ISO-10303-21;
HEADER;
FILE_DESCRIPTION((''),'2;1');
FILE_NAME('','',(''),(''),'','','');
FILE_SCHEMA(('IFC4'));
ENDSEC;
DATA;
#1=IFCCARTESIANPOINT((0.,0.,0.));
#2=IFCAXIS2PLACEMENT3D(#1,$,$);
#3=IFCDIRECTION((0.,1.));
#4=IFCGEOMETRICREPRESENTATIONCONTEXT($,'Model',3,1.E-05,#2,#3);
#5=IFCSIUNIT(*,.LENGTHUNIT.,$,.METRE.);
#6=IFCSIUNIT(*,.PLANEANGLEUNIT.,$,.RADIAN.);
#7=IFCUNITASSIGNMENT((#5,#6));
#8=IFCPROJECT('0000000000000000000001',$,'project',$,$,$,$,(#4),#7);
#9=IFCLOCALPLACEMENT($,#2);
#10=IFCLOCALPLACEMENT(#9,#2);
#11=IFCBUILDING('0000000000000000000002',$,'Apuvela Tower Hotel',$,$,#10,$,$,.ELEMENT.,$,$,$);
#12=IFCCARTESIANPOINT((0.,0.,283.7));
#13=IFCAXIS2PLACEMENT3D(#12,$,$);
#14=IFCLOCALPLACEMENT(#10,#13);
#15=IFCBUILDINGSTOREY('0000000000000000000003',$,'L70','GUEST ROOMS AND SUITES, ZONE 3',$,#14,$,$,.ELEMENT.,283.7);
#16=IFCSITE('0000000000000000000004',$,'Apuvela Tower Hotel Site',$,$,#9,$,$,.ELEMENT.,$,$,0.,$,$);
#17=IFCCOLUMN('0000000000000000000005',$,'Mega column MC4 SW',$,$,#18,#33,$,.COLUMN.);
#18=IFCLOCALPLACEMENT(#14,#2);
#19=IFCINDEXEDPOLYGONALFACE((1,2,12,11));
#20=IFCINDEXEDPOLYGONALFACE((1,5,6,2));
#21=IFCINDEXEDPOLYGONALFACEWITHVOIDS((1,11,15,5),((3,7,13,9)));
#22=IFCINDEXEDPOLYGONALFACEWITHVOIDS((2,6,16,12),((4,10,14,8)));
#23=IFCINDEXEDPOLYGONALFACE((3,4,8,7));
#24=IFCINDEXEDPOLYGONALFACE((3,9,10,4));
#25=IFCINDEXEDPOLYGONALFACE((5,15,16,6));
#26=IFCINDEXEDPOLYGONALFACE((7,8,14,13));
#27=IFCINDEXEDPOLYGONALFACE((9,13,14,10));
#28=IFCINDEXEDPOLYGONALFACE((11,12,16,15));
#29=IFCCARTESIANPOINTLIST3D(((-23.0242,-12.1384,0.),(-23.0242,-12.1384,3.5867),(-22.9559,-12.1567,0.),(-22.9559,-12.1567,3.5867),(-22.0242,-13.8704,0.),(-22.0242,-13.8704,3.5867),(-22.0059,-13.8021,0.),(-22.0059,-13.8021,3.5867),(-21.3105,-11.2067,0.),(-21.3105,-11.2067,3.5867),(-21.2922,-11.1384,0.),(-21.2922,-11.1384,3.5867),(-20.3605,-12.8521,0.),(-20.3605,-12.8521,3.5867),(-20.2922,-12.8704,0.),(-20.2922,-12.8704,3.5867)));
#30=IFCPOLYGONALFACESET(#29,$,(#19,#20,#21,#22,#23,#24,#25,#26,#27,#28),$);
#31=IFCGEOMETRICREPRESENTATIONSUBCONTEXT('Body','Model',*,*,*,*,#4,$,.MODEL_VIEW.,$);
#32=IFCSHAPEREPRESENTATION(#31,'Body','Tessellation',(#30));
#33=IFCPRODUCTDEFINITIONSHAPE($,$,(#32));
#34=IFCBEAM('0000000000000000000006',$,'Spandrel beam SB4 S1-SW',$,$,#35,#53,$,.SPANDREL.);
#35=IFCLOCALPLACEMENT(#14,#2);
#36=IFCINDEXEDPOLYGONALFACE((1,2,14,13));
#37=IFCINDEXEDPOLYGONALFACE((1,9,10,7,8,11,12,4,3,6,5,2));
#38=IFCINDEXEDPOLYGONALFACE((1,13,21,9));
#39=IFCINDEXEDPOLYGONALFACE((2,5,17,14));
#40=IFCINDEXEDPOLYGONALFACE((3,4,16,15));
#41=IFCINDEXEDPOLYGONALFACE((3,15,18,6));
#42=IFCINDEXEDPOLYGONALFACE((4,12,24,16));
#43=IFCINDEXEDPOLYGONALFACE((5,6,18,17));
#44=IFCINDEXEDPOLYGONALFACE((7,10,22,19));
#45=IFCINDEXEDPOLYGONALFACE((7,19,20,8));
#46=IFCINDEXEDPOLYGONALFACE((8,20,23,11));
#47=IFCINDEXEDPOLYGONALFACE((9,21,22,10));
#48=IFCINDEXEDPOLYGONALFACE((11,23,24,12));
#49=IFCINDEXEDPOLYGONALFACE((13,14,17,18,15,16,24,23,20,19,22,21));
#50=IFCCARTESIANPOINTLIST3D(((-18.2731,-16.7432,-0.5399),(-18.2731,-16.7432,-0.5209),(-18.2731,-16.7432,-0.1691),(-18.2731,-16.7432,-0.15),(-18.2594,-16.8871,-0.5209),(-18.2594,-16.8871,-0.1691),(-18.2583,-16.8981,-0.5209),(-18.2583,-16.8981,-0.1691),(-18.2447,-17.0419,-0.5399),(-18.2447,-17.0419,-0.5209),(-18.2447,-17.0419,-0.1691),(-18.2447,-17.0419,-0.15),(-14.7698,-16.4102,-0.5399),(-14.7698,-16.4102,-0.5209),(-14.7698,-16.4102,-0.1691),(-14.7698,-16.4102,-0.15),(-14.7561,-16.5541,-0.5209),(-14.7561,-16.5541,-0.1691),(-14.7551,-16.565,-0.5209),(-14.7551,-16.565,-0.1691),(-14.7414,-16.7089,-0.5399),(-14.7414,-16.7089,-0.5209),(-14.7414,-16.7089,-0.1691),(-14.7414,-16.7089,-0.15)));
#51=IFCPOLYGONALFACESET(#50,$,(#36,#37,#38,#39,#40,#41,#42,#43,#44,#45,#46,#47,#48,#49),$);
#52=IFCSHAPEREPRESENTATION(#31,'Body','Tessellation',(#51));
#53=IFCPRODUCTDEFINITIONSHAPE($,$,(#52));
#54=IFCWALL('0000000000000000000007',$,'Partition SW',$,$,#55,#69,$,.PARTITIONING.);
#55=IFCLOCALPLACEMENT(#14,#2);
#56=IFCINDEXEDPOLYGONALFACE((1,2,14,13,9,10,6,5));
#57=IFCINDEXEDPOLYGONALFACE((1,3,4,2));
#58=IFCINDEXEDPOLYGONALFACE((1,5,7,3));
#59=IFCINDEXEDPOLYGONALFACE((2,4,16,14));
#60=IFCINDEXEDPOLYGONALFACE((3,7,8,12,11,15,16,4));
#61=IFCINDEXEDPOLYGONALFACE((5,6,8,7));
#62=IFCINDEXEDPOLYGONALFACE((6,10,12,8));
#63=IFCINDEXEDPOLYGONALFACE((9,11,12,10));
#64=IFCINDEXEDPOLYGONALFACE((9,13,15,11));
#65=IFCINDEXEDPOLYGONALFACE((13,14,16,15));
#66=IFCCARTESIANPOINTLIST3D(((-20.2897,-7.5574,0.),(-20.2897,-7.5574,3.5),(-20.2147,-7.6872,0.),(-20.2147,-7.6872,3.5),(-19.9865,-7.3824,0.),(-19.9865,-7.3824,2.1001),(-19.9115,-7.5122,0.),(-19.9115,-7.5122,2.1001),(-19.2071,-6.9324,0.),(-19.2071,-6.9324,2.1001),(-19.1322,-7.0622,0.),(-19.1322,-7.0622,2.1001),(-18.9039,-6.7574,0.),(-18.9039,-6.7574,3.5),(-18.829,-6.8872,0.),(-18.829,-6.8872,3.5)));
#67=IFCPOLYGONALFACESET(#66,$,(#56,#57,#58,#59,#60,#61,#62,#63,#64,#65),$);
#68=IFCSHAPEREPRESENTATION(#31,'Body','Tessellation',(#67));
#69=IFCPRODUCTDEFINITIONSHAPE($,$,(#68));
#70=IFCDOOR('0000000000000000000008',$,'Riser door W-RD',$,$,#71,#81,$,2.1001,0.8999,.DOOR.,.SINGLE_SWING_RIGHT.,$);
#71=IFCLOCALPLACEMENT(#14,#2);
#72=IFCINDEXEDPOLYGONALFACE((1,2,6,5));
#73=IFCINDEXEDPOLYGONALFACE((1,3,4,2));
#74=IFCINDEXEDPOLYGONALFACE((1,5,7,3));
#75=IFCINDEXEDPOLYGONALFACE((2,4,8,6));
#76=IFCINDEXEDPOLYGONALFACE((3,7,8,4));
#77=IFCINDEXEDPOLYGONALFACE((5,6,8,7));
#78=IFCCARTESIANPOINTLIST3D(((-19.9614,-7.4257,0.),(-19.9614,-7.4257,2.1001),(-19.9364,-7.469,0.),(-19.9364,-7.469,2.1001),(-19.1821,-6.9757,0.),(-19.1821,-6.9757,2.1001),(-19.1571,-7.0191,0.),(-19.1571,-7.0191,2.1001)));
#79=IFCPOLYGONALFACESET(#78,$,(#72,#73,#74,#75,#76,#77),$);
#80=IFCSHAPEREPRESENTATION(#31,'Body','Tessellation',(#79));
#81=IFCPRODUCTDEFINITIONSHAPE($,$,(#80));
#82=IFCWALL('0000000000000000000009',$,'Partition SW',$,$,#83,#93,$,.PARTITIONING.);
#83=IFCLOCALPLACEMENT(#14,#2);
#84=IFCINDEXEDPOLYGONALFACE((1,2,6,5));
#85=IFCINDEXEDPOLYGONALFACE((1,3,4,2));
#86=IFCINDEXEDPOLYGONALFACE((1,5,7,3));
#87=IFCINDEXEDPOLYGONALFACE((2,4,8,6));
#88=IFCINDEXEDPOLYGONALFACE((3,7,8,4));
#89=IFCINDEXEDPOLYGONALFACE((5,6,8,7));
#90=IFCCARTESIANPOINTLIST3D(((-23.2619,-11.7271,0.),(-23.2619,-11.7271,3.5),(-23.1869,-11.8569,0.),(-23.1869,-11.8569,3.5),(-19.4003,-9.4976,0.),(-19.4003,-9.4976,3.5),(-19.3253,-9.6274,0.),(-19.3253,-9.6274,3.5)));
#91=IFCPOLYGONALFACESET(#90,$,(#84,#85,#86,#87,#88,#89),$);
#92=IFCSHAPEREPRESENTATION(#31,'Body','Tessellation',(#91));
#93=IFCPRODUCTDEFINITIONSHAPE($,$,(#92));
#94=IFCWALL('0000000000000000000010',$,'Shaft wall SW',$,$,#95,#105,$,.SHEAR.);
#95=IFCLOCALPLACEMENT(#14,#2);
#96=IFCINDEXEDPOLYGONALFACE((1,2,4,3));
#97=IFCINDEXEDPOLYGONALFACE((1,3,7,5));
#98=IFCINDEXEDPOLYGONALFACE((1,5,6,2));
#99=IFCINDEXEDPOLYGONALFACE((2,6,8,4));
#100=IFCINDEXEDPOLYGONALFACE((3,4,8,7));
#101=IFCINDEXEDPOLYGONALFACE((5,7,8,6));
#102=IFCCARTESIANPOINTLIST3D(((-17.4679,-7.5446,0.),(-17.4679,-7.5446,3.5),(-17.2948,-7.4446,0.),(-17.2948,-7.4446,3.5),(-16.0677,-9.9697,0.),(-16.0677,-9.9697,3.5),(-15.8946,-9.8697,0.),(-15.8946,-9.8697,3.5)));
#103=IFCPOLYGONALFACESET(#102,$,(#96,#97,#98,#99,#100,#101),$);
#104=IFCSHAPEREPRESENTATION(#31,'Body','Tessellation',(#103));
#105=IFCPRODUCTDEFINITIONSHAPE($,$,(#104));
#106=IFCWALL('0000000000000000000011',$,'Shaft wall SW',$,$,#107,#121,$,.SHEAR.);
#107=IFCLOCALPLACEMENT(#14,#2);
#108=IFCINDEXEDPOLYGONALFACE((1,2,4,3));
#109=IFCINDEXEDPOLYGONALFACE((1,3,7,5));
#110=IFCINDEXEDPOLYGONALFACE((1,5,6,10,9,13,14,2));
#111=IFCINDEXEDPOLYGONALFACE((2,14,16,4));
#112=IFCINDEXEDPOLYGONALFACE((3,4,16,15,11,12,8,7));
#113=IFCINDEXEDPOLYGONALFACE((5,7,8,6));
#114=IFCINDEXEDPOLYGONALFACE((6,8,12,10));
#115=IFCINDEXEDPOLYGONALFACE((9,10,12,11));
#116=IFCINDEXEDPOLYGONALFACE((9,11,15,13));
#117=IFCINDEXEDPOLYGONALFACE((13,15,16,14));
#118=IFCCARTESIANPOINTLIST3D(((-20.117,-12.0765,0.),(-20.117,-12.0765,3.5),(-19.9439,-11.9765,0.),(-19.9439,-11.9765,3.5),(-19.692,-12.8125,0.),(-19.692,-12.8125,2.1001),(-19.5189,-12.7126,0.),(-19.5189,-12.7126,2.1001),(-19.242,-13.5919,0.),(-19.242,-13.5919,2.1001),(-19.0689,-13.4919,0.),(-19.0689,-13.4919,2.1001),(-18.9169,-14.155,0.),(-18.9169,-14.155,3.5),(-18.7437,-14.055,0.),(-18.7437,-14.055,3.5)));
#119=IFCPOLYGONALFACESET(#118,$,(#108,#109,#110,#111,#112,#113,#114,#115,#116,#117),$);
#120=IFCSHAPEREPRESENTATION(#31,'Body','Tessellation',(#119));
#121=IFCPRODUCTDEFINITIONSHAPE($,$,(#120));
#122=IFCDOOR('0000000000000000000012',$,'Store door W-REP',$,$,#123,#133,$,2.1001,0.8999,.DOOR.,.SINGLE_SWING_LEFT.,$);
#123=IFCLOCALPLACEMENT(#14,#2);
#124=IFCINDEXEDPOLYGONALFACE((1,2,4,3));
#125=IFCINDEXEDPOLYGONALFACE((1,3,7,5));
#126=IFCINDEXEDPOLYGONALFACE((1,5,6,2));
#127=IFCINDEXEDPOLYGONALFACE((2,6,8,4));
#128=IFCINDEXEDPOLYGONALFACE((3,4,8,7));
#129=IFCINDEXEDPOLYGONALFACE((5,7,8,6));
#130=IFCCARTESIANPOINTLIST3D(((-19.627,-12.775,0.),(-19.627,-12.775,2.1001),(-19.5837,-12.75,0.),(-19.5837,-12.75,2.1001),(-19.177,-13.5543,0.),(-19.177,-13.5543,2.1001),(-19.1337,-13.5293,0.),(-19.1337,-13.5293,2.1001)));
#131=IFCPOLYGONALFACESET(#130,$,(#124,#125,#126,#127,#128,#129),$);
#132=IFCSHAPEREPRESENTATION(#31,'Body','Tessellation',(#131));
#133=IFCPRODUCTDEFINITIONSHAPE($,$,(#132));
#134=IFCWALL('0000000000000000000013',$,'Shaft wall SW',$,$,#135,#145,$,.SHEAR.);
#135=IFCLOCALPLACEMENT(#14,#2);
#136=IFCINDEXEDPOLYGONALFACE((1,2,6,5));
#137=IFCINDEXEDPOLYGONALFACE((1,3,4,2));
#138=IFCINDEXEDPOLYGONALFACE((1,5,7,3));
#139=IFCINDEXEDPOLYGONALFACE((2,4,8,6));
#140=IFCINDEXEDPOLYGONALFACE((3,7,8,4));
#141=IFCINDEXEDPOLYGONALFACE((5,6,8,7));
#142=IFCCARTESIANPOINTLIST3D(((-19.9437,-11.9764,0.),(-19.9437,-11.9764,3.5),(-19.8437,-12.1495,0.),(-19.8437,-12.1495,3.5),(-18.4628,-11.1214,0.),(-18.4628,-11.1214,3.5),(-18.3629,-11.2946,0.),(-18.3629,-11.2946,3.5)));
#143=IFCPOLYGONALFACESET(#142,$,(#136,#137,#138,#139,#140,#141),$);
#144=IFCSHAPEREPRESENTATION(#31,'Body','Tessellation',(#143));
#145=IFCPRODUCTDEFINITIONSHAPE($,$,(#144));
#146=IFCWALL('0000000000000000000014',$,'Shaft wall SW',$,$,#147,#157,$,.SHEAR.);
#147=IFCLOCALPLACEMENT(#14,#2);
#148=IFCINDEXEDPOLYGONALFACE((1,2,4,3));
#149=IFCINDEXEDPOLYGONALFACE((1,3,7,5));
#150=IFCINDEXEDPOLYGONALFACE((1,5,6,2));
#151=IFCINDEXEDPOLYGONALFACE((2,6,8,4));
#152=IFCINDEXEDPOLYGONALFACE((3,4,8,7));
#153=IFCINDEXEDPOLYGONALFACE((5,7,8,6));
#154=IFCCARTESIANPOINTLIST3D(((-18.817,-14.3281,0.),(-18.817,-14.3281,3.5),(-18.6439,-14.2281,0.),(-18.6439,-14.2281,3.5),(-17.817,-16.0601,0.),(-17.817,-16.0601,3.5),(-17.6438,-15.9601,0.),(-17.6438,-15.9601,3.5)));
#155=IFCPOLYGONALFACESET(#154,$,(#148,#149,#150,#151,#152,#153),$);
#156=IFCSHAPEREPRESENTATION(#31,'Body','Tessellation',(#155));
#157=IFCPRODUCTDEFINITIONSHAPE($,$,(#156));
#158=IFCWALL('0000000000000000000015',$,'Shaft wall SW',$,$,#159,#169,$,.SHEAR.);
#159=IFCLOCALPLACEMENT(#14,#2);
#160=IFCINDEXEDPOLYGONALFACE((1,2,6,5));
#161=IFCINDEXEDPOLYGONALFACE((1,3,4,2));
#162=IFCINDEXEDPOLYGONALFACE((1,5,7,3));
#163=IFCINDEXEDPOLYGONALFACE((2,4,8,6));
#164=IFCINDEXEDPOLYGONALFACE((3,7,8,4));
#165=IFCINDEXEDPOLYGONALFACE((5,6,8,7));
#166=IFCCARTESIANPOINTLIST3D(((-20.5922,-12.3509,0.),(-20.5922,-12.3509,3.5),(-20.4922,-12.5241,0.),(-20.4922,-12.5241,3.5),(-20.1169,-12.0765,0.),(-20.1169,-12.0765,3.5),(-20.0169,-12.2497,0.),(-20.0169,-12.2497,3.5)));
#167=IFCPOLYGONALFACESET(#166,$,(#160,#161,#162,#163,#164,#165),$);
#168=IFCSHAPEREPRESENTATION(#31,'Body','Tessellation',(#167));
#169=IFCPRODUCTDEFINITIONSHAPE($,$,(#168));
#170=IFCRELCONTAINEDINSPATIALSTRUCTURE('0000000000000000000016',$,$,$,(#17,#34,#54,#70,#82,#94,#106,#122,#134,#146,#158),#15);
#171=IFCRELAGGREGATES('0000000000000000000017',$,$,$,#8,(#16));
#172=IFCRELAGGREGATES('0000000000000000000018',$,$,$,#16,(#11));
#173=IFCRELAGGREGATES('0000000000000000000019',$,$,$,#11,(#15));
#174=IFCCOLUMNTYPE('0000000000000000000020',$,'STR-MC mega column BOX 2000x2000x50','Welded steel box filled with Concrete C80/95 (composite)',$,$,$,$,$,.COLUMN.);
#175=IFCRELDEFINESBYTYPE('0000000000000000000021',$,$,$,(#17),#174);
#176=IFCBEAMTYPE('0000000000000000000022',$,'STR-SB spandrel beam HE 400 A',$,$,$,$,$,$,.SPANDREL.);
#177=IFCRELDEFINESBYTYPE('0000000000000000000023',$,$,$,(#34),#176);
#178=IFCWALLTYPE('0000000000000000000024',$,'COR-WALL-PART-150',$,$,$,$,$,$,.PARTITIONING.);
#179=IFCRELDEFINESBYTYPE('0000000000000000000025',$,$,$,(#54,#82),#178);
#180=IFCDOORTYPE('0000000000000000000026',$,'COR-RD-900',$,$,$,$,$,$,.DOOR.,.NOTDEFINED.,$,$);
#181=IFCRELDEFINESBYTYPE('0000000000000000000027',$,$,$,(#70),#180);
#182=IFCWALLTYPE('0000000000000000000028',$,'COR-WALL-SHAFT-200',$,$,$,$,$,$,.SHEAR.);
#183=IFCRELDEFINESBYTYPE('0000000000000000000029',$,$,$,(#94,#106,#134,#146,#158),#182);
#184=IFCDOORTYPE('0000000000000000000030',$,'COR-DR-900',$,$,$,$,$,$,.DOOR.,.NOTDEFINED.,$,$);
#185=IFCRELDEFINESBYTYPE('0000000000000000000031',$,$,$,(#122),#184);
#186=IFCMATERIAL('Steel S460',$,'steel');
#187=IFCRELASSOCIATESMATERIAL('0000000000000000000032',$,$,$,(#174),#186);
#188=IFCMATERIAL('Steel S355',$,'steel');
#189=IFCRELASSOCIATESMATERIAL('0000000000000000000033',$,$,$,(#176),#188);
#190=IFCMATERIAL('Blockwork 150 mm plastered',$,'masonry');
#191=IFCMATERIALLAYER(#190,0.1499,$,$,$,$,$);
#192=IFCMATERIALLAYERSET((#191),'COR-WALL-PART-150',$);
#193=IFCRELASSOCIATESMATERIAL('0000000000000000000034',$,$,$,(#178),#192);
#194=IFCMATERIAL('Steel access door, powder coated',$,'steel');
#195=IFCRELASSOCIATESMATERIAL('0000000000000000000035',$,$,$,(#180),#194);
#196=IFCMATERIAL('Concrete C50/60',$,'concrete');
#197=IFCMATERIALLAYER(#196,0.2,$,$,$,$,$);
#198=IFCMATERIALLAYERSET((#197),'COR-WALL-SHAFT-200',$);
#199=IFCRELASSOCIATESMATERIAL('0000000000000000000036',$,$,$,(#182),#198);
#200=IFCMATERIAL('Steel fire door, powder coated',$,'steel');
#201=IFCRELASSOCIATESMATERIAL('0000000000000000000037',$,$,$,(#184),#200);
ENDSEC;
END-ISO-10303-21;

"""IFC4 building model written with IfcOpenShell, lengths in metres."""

from ifc_helpers import new_model, si_unit, direction, frame, frame_2d, origin, origin_2d, place, context, subcontext, project, spatial, rectangle, hollow_rectangle, i_section, extrude, boolean, halfspace, material, layer, layer_set, material_profile, profile_set, type_object, element, fill, save


model = new_model("IFC4")

# Units and contexts
model_context = context("Model", 3, precision=1e-05, world=origin(), true_north=direction((0.0, 1.0)))
body_context = subcontext(model_context, "Body", "Model", "MODEL_VIEW")
ifc_project = project(units=[si_unit("LENGTHUNIT", "METRE"), si_unit("PLANEANGLEUNIT", "RADIAN")], contexts=[model_context])

# Site, building, storey
site_placement = place(None, origin())
site = spatial("IfcSite", under=ifc_project, at=site_placement, Name="Apuvela Tower Hotel Site", CompositionType="ELEMENT", RefElevation=0.0)
building_placement = place(site_placement, origin())
building = spatial("IfcBuilding", under=site, at=building_placement, Name="Apuvela Tower Hotel", CompositionType="ELEMENT")
storey_placement = place(building_placement, frame((0.0, 0.0, 283.7)))
storey = spatial("IfcBuildingStorey", under=building, at=storey_placement, Name="L70", Description="GUEST ROOMS AND SUITES, ZONE 3", CompositionType="ELEMENT", Elevation=283.7)

# Column
ifc_material_1 = material(Name="Steel S460", Category="steel")
ifc_material_profile_1 = material_profile(ifc_material_1, hollow_rectangle(XDim=2.0, YDim=2.0, WallThickness=0.05, at=origin_2d()), Name="BOX 2000x2000x50")
ifc_material_2 = material(Name="Concrete C80/95", Category="concrete")
ifc_material_profile_2 = material_profile(ifc_material_2, rectangle(XDim=1.8999, YDim=1.8999, at=origin_2d()), Name="Concrete C80/95 infill")
ifc_profile_set_1 = profile_set([ifc_material_profile_1, ifc_material_profile_2], Name="Steel S460")
column_type = type_object("IfcColumnType", Name="STR-MC mega column BOX 2000x2000x50", Description="Welded steel box filled with Concrete C80/95 (composite)", PredefinedType="COLUMN", material=ifc_profile_set_1)
column_placement = place(storey_placement, frame((-21.6582, -12.5044, 0.0), z_axis=(0.0, 0.0, 1.0), x_axis=(-0.5, 0.866025, 0.0)))
element("IfcColumn", 1, at=column_placement, inside=storey, type_object=column_type, Name="Mega column MC4 SW", PredefinedType="COLUMN", context=body_context, shape_type="SweptSolid", body=[
    boolean("DIFFERENCE", extrude(hollow_rectangle(XDim=2.0, YDim=2.0, WallThickness=0.05, at=origin_2d()), origin(), (0.0, 0.0, 1.0), 3.7), halfspace(frame((0.0, 0.0, 3.5867), z_axis=(0.0, 0.0, 1.0), x_axis=(1.0, 0.0, 0.0)), False)),
])

# Beam
ifc_material_3 = material(Name="Steel S355", Category="steel")
ifc_material_profile_3 = material_profile(ifc_material_3, i_section(OverallWidth=0.3, OverallDepth=0.3899, WebThickness=0.011, FlangeThickness=0.019, at=origin_2d()), Name="HE 400 A")
ifc_profile_set_2 = profile_set([ifc_material_profile_3], Name="Steel S355")
beam_type = type_object("IfcBeamType", Name="STR-SB spandrel beam HE 400 A", PredefinedType="SPANDREL", material=ifc_profile_set_2)
beam_placement = place(storey_placement, frame((-14.7556, -16.5596, -0.345), z_axis=(-0.995512, -0.094632, 0.0), x_axis=(0.094632, -0.995512, 0.0)))
element("IfcBeam", 2, at=beam_placement, inside=storey, type_object=beam_type, Name="Spandrel beam SB4 S1-SW", PredefinedType="SPANDREL", context=body_context, shape_type="SweptSolid", body=[
    extrude(i_section(OverallWidth=0.3, OverallDepth=0.3899, WebThickness=0.011, FlangeThickness=0.019, at=origin_2d()), origin(), (0.0, 0.0, 1.0), 3.519),
])

# Wall, opening, door
ifc_material_4 = material(Name="Blockwork 150 mm plastered", Category="masonry")
ifc_layer_1 = layer(ifc_material_4, 0.1499)
ifc_layer_set_1 = layer_set([ifc_layer_1], Name="COR-WALL-PART-150")
wall_type_1 = type_object("IfcWallType", Name="COR-WALL-PART-150", PredefinedType="PARTITIONING", material=ifc_layer_set_1)
wall_1_placement = place(storey_placement, frame((-18.8665, -6.8223, 0.0), z_axis=(0.0, 0.0, 1.0), x_axis=(-0.866028, -0.499995, 0.0)))
wall_1 = element("IfcWall", 3, at=wall_1_placement, inside=storey, type_object=wall_type_1, Name="Partition SW", PredefinedType="PARTITIONING", context=body_context, shape_type="SweptSolid", body=[
    extrude(rectangle(XDim=1.6001, YDim=0.1499, at=frame_2d((0.8, 0.0))), origin(), (0.0, 0.0, 1.0), 3.5),
])
opening_1_placement = place(wall_1_placement, frame((0.3501, 0.0, 0.0)))
opening_1 = element("IfcOpeningElement", 4, at=opening_1_placement, cuts=wall_1, PredefinedType="OPENING", context=body_context, shape_type="SweptSolid", body=[
    extrude(rectangle(XDim=0.8999, YDim=2.1001, at=frame_2d((0.45, 1.05))), frame((0.0, 0.085, 0.0), z_axis=(0.0, -1.0, 0.0), x_axis=(1.0, 0.0, 0.0)), (0.0, 0.0, 1.0), 0.1699),
])
ifc_material_5 = material(Name="Steel access door, powder coated", Category="steel")
door_type_1 = type_object("IfcDoorType", Name="COR-RD-900", OperationType="NOTDEFINED", PredefinedType="DOOR", material=ifc_material_5)
door_1_placement = place(opening_1_placement, frame((0.8999, 0.0, 0.0), z_axis=(0.0, 0.0, 1.0), x_axis=(-1.0, 0.0, 0.0)))
door_1 = element("IfcDoor", 5, at=door_1_placement, inside=storey, type_object=door_type_1, Name="Riser door W-RD", OperationType="SINGLE_SWING_RIGHT", OverallHeight=2.1001, OverallWidth=0.8999, PredefinedType="DOOR", context=body_context, shape_type="SweptSolid", body=[
    extrude(rectangle(XDim=0.8999, YDim=2.1001, at=frame_2d((0.45, 1.05))), frame((0.0, 0.0249, 0.0), z_axis=(0.0, -1.0, 0.0), x_axis=(1.0, 0.0, 0.0)), (0.0, 0.0, 1.0), 0.05),
])
fill(opening_1, door_1)

# Walls
wall_2_placement = place(storey_placement, frame((-19.3628, -9.5625, 0.0), z_axis=(0.0, 0.0, 1.0), x_axis=(-0.866024, -0.500002, 0.0)))
element("IfcWall", 6, at=wall_2_placement, inside=storey, type_object=wall_type_1, Name="Partition SW", PredefinedType="PARTITIONING", context=body_context, shape_type="SweptSolid", body=[
    extrude(rectangle(XDim=4.459, YDim=0.1499, at=frame_2d((2.2295, 0.0))), origin(), (0.0, 0.0, 1.0), 3.5),
])
ifc_material_6 = material(Name="Concrete C50/60", Category="concrete")
ifc_layer_2 = layer(ifc_material_6, 0.2)
ifc_layer_set_2 = layer_set([ifc_layer_2], Name="COR-WALL-SHAFT-200")
wall_type_2 = type_object("IfcWallType", Name="COR-WALL-SHAFT-200", PredefinedType="SHEAR", material=ifc_layer_set_2)
wall_3_placement = place(storey_placement, frame((-17.3813, -7.4946, 0.0), z_axis=(0.0, 0.0, 1.0), x_axis=(0.500012, -0.866019, 0.0)))
element("IfcWall", 7, at=wall_3_placement, inside=storey, type_object=wall_type_2, Name="Shaft wall SW", PredefinedType="SHEAR", context=body_context, shape_type="SweptSolid", body=[
    extrude(rectangle(XDim=2.8003, YDim=0.2, at=frame_2d((1.4001, 0.0))), origin(), (0.0, 0.0, 1.0), 3.5),
])

# Wall, opening, door
wall_4_placement = place(storey_placement, frame((-20.0305, -12.0264, 0.0), z_axis=(0.0, 0.0, 1.0), x_axis=(0.500034, -0.866006, 0.0)))
wall_4 = element("IfcWall", 8, at=wall_4_placement, inside=storey, type_object=wall_type_2, Name="Shaft wall SW", PredefinedType="SHEAR", context=body_context, shape_type="SweptSolid", body=[
    extrude(rectangle(XDim=2.4001, YDim=0.2, at=frame_2d((1.2002, 0.0))), origin(), (0.0, 0.0, 1.0), 3.5),
])
opening_2_placement = place(wall_4_placement, frame((0.8501, 0.0, 0.0)))
opening_2 = element("IfcOpeningElement", 9, at=opening_2_placement, cuts=wall_4, PredefinedType="OPENING", context=body_context, shape_type="SweptSolid", body=[
    extrude(rectangle(XDim=0.8999, YDim=2.1001, at=frame_2d((0.45, 1.05))), frame((0.0, 0.1099, 0.0), z_axis=(0.0, -1.0, 0.0), x_axis=(1.0, 0.0, 0.0)), (0.0, 0.0, 1.0), 0.22),
])
ifc_material_7 = material(Name="Steel fire door, powder coated", Category="steel")
door_type_2 = type_object("IfcDoorType", Name="COR-DR-900", OperationType="NOTDEFINED", PredefinedType="DOOR", material=ifc_material_7)
door_2_placement = place(opening_2_placement, frame((0.8999, 0.0, 0.0), z_axis=(0.0, 0.0, 1.0), x_axis=(-1.0, 0.0, 0.0)))
door_2 = element("IfcDoor", 10, at=door_2_placement, inside=storey, type_object=door_type_2, Name="Store door W-REP", OperationType="SINGLE_SWING_LEFT", OverallHeight=2.1001, OverallWidth=0.8999, PredefinedType="DOOR", context=body_context, shape_type="SweptSolid", body=[
    extrude(rectangle(XDim=0.8999, YDim=2.1001, at=frame_2d((0.45, 1.05))), frame((0.0, 0.0249, 0.0), z_axis=(0.0, -1.0, 0.0), x_axis=(1.0, 0.0, 0.0)), (0.0, 0.0, 1.0), 0.05),
])
fill(opening_2, door_2)

# Walls
wall_5_placement = place(storey_placement, frame((-18.4128, -11.208, 0.0), z_axis=(0.0, 0.0, 1.0), x_axis=(-0.866038, -0.499978, 0.0)))
element("IfcWall", 11, at=wall_5_placement, inside=storey, type_object=wall_type_2, Name="Shaft wall SW", PredefinedType="SHEAR", context=body_context, shape_type="SweptSolid", body=[
    extrude(rectangle(XDim=1.71, YDim=0.2, at=frame_2d((0.855, 0.0))), origin(), (0.0, 0.0, 1.0), 3.5),
])
wall_6_placement = place(storey_placement, frame((-18.7305, -14.2781, 0.0), z_axis=(0.0, 0.0, 1.0), x_axis=(0.500025, -0.866011, 0.0)))
element("IfcWall", 12, at=wall_6_placement, inside=storey, type_object=wall_type_2, Name="Shaft wall SW", PredefinedType="SHEAR", context=body_context, shape_type="SweptSolid", body=[
    extrude(rectangle(XDim=2.0, YDim=0.2, at=frame_2d((1.0, 0.0))), origin(), (0.0, 0.0, 1.0), 3.5),
])
wall_7_placement = place(storey_placement, frame((-20.0669, -12.1631, 0.0), z_axis=(0.0, 0.0, 1.0), x_axis=(-0.866045, -0.499966, 0.0)))
element("IfcWall", 13, at=wall_7_placement, inside=storey, type_object=wall_type_2, Name="Shaft wall SW", PredefinedType="SHEAR", context=body_context, shape_type="SweptSolid", body=[
    extrude(rectangle(XDim=0.5488, YDim=0.2, at=frame_2d((0.2744, 0.0))), origin(), (0.0, 0.0, 1.0), 3.5),
])

save(model, "model.ifc")
